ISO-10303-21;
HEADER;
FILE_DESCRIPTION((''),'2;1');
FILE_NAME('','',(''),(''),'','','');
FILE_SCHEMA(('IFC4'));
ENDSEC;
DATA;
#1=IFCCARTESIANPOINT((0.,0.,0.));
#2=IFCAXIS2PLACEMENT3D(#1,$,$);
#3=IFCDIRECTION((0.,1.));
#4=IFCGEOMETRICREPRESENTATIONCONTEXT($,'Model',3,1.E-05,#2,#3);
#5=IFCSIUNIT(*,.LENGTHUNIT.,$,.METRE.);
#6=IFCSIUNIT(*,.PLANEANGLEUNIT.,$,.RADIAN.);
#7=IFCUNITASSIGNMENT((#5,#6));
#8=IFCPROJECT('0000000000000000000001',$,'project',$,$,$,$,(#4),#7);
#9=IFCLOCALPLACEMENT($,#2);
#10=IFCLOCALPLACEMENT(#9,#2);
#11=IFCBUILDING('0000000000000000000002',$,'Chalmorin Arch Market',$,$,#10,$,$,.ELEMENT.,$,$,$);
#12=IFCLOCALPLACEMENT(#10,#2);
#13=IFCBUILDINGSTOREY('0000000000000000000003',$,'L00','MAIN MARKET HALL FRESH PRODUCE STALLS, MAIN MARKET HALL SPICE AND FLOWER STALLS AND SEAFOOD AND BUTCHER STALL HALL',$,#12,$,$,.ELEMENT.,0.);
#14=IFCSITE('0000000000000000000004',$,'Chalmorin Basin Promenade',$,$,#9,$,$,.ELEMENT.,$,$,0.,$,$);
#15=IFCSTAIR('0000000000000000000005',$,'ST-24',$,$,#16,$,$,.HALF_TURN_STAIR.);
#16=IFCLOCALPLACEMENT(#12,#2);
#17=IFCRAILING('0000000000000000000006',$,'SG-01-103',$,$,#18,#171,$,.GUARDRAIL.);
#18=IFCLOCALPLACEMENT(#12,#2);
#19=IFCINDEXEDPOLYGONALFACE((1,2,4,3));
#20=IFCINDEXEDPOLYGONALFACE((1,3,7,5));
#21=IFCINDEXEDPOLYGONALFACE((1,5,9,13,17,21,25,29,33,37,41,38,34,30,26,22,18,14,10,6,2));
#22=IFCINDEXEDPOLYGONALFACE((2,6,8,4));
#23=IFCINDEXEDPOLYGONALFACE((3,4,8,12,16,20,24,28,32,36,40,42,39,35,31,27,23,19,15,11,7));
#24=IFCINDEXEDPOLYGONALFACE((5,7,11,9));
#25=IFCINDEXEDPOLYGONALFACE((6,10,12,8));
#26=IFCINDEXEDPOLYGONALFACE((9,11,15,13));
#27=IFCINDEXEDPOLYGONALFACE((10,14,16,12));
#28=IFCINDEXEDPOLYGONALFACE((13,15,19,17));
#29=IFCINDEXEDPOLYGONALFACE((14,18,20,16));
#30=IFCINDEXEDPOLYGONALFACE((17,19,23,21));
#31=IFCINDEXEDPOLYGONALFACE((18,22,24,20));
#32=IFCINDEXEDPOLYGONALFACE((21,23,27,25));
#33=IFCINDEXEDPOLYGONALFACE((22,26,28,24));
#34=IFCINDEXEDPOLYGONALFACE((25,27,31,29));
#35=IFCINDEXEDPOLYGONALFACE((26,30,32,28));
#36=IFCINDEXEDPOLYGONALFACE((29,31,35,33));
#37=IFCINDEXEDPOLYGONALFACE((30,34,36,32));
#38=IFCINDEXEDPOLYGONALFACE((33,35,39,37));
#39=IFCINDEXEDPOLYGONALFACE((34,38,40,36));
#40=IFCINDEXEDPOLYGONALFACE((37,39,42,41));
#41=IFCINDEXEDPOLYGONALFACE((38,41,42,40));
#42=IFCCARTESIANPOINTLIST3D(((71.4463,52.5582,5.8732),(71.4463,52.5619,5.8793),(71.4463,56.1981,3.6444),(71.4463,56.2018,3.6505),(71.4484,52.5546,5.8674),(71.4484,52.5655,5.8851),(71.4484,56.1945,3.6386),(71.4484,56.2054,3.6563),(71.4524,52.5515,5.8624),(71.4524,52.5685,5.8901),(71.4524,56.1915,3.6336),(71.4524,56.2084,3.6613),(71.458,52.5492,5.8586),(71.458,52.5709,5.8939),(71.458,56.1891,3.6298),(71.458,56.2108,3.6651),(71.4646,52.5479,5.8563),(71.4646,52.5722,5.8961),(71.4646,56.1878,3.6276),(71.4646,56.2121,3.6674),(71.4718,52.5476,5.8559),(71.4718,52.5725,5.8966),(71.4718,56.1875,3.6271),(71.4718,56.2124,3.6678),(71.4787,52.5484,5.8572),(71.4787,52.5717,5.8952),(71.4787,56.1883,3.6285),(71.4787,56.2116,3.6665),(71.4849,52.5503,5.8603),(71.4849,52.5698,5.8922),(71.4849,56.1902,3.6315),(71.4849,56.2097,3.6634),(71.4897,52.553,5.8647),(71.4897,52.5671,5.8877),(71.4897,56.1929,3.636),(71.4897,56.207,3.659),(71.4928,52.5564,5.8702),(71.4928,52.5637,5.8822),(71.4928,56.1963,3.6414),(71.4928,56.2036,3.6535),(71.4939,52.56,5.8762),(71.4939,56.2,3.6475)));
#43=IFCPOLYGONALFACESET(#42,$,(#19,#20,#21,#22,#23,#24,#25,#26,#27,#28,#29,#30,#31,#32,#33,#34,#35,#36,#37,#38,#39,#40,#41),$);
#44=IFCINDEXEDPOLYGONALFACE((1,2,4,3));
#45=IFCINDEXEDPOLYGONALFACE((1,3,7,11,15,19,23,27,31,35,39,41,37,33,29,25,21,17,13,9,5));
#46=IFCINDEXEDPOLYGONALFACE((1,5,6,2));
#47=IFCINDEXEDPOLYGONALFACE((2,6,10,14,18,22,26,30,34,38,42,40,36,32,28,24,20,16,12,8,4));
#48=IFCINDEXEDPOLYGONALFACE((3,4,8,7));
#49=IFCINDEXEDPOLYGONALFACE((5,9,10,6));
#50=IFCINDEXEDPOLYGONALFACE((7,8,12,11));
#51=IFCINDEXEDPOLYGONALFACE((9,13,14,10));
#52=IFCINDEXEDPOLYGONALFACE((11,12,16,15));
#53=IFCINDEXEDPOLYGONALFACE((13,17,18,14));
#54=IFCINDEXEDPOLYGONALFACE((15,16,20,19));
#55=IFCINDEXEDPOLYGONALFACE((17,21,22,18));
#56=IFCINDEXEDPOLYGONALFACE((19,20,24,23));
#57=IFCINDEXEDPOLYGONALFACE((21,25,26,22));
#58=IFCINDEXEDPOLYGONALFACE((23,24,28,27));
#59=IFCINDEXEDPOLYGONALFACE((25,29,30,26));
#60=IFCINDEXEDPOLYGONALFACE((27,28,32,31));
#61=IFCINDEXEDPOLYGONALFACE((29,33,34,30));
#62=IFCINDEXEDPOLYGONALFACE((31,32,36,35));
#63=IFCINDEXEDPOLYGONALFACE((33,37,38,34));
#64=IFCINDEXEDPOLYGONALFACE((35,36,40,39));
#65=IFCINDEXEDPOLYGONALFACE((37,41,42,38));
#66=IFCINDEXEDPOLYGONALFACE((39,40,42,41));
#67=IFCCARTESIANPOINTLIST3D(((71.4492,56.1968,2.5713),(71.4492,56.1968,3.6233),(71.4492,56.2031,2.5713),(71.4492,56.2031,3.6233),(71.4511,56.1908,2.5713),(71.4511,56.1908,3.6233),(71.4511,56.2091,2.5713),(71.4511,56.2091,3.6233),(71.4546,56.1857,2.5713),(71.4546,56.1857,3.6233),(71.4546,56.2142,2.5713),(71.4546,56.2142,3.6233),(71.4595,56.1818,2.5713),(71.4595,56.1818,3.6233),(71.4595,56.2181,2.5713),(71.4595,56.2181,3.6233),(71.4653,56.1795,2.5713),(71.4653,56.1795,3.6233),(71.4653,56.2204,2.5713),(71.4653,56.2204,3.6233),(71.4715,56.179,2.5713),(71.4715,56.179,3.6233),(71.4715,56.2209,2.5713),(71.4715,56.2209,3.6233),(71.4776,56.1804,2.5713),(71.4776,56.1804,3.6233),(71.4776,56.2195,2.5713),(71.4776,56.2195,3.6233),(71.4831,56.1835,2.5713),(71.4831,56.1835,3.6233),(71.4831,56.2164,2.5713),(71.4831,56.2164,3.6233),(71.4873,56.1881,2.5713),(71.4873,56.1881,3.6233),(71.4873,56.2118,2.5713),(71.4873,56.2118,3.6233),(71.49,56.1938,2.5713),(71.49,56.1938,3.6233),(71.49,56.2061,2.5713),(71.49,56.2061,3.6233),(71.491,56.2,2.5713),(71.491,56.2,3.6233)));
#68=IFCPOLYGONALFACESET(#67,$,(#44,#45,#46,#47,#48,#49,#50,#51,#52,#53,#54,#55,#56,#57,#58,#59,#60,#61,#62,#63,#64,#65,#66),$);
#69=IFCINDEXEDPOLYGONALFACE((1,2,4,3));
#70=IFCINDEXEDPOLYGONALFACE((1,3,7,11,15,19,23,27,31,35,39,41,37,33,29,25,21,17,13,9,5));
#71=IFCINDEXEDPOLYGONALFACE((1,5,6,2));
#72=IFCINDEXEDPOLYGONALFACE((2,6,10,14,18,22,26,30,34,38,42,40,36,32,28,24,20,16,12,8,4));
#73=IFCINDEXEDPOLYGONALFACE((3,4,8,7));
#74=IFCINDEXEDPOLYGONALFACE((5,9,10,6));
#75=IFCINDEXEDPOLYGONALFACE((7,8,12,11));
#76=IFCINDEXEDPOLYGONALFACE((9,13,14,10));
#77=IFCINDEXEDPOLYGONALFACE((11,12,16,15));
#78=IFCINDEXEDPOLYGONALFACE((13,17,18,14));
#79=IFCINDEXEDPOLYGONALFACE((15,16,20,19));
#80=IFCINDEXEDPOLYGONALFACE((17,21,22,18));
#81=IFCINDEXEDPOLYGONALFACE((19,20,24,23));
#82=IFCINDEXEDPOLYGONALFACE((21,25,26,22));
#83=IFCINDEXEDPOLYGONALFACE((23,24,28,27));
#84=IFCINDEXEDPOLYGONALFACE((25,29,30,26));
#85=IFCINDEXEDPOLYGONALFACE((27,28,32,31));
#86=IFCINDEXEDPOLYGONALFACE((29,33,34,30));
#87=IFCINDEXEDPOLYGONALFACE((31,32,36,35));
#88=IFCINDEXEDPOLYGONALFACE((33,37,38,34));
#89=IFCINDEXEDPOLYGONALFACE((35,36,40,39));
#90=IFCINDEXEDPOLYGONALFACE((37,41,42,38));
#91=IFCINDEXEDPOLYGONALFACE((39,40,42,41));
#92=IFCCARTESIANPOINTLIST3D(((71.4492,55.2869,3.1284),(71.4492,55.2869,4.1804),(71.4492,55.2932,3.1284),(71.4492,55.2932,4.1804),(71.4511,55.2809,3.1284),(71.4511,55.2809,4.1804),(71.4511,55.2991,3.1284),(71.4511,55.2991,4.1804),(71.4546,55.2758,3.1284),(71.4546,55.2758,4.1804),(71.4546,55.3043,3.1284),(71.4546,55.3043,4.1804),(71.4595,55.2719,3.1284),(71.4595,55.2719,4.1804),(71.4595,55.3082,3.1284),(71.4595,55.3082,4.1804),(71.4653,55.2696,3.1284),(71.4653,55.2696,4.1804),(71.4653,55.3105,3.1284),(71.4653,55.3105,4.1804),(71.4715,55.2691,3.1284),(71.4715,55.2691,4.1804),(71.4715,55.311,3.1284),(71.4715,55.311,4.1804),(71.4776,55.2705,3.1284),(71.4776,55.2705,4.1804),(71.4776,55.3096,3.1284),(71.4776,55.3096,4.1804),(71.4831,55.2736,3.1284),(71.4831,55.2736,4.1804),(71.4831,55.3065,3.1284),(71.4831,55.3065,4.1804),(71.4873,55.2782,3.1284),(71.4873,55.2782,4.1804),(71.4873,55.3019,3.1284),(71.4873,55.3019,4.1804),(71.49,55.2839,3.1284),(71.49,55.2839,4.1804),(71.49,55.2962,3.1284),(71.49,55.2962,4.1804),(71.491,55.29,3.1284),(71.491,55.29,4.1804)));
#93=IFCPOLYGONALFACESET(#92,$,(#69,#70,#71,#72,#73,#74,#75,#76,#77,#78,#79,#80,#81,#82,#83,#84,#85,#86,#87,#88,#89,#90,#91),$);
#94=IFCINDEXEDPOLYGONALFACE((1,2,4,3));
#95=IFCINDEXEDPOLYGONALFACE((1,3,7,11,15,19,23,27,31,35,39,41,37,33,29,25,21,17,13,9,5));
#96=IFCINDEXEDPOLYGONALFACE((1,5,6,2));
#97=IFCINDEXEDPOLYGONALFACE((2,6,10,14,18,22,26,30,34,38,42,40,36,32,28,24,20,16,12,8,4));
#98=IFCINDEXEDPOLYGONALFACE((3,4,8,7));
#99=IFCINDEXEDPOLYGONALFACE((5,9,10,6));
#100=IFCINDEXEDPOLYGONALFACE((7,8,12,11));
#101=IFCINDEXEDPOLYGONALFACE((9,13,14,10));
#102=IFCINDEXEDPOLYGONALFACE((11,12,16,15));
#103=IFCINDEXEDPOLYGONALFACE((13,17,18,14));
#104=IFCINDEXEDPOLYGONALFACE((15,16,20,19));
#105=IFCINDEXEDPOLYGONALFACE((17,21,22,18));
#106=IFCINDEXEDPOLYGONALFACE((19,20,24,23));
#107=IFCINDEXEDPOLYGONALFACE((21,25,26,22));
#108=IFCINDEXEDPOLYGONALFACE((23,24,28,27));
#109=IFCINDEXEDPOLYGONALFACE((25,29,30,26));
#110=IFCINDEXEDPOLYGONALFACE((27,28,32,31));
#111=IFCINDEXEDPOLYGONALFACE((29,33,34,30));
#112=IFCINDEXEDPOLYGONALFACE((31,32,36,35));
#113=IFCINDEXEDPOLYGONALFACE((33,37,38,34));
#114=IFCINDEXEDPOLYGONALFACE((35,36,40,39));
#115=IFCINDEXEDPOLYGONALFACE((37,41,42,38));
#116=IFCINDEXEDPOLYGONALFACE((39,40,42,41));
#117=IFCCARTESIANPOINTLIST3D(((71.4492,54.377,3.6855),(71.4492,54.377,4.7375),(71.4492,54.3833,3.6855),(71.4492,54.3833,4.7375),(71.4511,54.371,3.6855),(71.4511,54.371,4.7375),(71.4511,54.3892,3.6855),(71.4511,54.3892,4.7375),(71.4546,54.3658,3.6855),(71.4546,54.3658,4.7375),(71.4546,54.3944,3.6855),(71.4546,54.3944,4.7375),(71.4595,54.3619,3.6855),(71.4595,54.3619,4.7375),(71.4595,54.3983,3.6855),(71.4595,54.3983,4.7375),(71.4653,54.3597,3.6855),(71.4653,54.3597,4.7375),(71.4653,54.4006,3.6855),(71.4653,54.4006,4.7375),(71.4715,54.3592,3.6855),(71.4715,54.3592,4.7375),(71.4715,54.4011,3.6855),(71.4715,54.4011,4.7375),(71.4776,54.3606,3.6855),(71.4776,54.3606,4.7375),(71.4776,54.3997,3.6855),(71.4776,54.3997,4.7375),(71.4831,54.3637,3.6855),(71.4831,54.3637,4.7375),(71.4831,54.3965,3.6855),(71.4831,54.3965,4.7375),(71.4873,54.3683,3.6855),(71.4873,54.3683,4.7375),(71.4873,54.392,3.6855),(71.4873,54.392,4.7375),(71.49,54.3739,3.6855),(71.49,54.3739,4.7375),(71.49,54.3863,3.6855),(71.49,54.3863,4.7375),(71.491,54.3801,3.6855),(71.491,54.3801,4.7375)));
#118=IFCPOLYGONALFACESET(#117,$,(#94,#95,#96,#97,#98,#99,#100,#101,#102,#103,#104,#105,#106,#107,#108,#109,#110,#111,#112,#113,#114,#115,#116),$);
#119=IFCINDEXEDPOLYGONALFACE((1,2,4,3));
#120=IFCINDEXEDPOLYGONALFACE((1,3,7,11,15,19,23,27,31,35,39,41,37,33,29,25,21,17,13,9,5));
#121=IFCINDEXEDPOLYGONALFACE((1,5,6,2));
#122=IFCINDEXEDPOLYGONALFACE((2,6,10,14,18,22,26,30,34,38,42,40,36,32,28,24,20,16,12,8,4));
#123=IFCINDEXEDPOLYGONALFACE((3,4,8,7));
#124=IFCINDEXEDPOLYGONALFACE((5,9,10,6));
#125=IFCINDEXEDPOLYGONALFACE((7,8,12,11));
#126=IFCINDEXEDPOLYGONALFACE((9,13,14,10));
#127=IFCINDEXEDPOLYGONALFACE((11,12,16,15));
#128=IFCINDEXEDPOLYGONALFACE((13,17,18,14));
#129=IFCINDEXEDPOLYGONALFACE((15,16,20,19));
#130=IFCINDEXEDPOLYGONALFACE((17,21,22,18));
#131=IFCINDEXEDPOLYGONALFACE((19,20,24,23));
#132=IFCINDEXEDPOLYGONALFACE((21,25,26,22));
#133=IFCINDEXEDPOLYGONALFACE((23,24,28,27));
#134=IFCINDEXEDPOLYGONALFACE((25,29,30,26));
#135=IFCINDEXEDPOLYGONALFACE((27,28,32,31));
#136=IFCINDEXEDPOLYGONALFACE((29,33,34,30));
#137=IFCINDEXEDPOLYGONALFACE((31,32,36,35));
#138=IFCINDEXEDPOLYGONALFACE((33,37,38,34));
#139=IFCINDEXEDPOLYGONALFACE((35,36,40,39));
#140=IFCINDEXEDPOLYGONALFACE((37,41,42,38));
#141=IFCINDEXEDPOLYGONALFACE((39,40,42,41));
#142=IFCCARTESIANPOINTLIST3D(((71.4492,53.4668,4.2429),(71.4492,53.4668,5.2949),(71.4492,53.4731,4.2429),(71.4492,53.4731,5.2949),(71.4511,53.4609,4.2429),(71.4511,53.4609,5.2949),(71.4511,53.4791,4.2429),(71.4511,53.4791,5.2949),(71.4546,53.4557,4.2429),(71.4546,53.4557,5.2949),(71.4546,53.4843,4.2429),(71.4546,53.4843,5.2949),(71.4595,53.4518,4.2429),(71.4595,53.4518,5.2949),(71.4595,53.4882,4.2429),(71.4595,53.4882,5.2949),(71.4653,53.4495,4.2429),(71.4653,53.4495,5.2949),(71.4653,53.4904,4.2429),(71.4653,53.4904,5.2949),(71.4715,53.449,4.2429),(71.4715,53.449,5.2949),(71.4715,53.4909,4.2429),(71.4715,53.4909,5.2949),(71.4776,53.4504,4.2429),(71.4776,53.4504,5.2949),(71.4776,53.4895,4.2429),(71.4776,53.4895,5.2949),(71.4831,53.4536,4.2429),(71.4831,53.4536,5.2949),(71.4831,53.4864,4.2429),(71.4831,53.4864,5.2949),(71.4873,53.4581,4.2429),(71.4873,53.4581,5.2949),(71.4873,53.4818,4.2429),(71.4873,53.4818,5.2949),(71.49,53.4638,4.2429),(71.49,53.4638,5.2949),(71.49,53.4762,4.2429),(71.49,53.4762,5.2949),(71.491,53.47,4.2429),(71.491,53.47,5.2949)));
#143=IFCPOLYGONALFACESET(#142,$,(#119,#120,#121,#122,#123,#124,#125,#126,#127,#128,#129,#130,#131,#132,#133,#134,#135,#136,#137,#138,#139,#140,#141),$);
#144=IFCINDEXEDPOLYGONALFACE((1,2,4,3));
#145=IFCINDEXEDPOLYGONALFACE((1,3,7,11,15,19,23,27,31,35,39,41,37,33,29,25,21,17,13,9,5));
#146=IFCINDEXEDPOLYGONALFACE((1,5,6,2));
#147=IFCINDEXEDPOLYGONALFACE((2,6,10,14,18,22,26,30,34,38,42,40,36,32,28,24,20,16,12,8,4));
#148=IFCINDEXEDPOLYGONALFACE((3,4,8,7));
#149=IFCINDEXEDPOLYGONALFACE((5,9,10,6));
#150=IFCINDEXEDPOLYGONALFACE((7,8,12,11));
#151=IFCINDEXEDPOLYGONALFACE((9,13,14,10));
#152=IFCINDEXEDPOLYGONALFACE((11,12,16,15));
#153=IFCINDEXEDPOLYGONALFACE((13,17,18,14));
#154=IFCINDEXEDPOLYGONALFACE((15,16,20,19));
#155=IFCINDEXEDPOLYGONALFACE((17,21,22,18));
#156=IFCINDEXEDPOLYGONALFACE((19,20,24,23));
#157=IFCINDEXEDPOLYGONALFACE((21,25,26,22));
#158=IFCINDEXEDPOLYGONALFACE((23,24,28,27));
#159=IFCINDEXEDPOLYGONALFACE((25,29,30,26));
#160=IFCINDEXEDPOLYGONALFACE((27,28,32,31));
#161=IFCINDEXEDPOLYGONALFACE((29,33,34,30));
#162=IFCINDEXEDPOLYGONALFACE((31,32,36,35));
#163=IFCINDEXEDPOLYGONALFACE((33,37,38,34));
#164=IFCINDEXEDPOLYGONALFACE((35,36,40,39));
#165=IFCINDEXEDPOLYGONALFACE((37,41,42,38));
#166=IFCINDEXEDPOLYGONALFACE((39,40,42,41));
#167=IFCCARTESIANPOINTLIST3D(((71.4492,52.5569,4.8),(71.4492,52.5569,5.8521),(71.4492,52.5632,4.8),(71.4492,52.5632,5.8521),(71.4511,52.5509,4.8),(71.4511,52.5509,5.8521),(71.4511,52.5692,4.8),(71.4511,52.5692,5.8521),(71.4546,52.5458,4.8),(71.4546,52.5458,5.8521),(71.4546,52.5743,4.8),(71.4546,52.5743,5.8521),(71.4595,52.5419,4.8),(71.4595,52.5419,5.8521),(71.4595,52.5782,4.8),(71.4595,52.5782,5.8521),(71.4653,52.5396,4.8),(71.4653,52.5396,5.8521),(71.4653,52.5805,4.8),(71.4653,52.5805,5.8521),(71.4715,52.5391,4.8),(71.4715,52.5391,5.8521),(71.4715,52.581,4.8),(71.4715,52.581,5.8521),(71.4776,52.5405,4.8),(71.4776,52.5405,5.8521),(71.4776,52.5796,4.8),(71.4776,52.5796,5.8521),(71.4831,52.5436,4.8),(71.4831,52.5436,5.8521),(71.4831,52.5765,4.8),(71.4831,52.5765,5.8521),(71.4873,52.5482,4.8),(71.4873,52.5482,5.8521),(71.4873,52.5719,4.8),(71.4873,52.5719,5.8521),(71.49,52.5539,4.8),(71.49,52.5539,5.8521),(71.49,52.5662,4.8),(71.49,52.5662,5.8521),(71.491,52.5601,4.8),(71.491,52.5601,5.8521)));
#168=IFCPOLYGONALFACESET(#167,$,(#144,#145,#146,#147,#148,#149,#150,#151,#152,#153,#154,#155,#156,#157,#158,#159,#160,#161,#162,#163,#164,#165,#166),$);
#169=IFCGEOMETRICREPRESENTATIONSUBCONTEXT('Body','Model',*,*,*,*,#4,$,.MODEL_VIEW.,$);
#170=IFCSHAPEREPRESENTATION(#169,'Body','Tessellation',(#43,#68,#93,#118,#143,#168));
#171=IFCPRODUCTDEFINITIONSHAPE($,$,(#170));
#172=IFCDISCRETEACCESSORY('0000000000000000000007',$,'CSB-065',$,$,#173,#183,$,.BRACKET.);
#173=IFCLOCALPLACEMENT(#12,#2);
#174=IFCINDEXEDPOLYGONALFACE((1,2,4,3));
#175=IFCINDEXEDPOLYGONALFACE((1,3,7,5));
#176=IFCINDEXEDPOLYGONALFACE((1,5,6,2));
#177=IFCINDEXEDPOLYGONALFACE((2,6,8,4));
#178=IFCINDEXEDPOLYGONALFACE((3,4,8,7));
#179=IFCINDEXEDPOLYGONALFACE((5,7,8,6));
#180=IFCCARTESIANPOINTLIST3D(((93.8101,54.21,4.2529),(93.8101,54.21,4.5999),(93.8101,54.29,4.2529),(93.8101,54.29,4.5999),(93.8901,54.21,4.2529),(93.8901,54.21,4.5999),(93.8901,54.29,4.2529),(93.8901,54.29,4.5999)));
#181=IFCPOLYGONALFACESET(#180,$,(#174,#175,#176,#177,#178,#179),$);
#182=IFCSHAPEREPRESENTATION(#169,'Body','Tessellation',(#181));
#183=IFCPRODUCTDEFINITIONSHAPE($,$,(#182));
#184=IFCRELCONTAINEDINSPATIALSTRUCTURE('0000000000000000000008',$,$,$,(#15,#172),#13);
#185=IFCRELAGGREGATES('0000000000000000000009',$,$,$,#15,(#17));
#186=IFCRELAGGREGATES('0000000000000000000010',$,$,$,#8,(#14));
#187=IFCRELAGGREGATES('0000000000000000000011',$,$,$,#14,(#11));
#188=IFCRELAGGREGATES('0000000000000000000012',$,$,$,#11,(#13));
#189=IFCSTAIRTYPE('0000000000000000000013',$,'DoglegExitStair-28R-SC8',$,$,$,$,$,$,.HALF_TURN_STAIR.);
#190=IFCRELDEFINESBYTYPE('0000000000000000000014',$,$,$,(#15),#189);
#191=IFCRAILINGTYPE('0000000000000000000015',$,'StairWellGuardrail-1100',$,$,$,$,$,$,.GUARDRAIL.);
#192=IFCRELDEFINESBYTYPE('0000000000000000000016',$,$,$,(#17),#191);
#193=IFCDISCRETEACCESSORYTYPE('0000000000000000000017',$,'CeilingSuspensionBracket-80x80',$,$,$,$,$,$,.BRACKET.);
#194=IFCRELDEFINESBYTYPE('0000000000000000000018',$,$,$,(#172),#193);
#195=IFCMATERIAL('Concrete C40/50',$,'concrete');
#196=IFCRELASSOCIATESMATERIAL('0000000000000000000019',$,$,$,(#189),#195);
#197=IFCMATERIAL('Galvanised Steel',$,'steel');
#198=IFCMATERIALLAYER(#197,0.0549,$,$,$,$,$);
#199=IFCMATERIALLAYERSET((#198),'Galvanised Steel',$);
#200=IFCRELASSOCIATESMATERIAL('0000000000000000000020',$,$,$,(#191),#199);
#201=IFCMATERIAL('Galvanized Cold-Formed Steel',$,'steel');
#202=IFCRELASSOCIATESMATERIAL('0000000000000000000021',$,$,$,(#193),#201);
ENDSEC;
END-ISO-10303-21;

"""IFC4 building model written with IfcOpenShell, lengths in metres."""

from ifc_helpers import new_model, si_unit, direction, frame, origin, origin_2d, place, context, subcontext, project, spatial, rectangle, circle, extrude, material, layer, layer_set, type_object, element, aggregate, save


model = new_model("IFC4")

# Units and contexts
model_context = context("Model", 3, precision=1e-05, world=origin(), true_north=direction((0.0, 1.0)))
body_context = subcontext(model_context, "Body", "Model", "MODEL_VIEW")
ifc_project = project(units=[si_unit("LENGTHUNIT", "METRE"), si_unit("PLANEANGLEUNIT", "RADIAN")], contexts=[model_context])

# Site, building, storey
site_placement = place(None, origin())
site = spatial("IfcSite", under=ifc_project, at=site_placement, Name="Chalmorin Basin Promenade", CompositionType="ELEMENT", RefElevation=0.0)
building_placement = place(site_placement, origin())
building = spatial("IfcBuilding", under=site, at=building_placement, Name="Chalmorin Arch Market", CompositionType="ELEMENT")
storey_placement = place(building_placement, origin())
storey = spatial("IfcBuildingStorey", under=building, at=storey_placement, Name="L00", Description="MAIN MARKET HALL FRESH PRODUCE STALLS, MAIN MARKET HALL SPICE AND FLOWER STALLS AND SEAFOOD AND BUTCHER STALL HALL", CompositionType="ELEMENT", Elevation=0.0)

# Shared definitions
ifc_material_1 = material(Name="Concrete C40/50", Category="concrete")

# Stair, railing
stair_type = type_object("IfcStairType", Name="DoglegExitStair-28R-SC8", PredefinedType="HALF_TURN_STAIR", material=ifc_material_1)
stair_placement = place(storey_placement, origin())
stair = element("IfcStair", 1, at=stair_placement, inside=storey, type_object=stair_type, Name="ST-24", PredefinedType="HALF_TURN_STAIR")
ifc_material_2 = material(Name="Galvanised Steel", Category="steel")
ifc_layer_1 = layer(ifc_material_2, 0.0549)
ifc_layer_set_1 = layer_set([ifc_layer_1], Name="Galvanised Steel")
railing_type_1 = type_object("IfcRailingType", Name="StairWellGuardrail-1100", PredefinedType="GUARDRAIL", material=ifc_layer_set_1)
railing_1_placement = place(storey_placement, frame((71.47, 56.2, 2.5713)))
railing_1 = element("IfcRailing", 2, at=railing_1_placement, type_object=railing_type_1, Name="SG-01-103", PredefinedType="GUARDRAIL", context=body_context, shape_type="SweptSolid", body=[
    extrude(circle(Radius=0.0239, at=origin_2d()), frame((0.0, 0.0, 1.0762), z_axis=(0.0, -0.852825, 0.522197), x_axis=(1.0, 0.0, 0.0)), (0.0, 0.0, 1.0), 4.2681),
    extrude(circle(Radius=0.021, at=origin_2d()), origin(), (0.0, 0.0, 1.0), 1.052),
    extrude(circle(Radius=0.021, at=origin_2d()), frame((0.0, -0.9099, 0.5571)), (0.0, 0.0, 1.0), 1.052),
    extrude(circle(Radius=0.021, at=origin_2d()), frame((0.0, -1.8198, 1.1143)), (0.0, 0.0, 1.0), 1.052),
    extrude(circle(Radius=0.021, at=origin_2d()), frame((0.0, -2.73, 1.6716)), (0.0, 0.0, 1.0), 1.052),
    extrude(circle(Radius=0.021, at=origin_2d()), frame((0.0, -3.6399, 2.2288)), (0.0, 0.0, 1.0), 1.052),
])
aggregate(stair, [railing_1])

# Discrete accessory
ifc_material_3 = material(Name="Galvanized Cold-Formed Steel", Category="steel")
discrete_accessory_type = type_object("IfcDiscreteAccessoryType", Name="CeilingSuspensionBracket-80x80", PredefinedType="BRACKET", material=ifc_material_3)
discrete_accessory_placement = place(storey_placement, frame((93.8501, 54.25, 4.2529), z_axis=(0.0, 0.0, 1.0), x_axis=(1.0, 0.0, 0.0)))
element("IfcDiscreteAccessory", 3, at=discrete_accessory_placement, inside=storey, type_object=discrete_accessory_type, Name="CSB-065", PredefinedType="BRACKET", context=body_context, shape_type="SweptSolid", body=[
    extrude(rectangle(XDim=0.0801, YDim=0.0801, at=origin_2d()), origin(), (0.0, 0.0, 1.0), 0.3469),
])

save(model, "model.ifc")
